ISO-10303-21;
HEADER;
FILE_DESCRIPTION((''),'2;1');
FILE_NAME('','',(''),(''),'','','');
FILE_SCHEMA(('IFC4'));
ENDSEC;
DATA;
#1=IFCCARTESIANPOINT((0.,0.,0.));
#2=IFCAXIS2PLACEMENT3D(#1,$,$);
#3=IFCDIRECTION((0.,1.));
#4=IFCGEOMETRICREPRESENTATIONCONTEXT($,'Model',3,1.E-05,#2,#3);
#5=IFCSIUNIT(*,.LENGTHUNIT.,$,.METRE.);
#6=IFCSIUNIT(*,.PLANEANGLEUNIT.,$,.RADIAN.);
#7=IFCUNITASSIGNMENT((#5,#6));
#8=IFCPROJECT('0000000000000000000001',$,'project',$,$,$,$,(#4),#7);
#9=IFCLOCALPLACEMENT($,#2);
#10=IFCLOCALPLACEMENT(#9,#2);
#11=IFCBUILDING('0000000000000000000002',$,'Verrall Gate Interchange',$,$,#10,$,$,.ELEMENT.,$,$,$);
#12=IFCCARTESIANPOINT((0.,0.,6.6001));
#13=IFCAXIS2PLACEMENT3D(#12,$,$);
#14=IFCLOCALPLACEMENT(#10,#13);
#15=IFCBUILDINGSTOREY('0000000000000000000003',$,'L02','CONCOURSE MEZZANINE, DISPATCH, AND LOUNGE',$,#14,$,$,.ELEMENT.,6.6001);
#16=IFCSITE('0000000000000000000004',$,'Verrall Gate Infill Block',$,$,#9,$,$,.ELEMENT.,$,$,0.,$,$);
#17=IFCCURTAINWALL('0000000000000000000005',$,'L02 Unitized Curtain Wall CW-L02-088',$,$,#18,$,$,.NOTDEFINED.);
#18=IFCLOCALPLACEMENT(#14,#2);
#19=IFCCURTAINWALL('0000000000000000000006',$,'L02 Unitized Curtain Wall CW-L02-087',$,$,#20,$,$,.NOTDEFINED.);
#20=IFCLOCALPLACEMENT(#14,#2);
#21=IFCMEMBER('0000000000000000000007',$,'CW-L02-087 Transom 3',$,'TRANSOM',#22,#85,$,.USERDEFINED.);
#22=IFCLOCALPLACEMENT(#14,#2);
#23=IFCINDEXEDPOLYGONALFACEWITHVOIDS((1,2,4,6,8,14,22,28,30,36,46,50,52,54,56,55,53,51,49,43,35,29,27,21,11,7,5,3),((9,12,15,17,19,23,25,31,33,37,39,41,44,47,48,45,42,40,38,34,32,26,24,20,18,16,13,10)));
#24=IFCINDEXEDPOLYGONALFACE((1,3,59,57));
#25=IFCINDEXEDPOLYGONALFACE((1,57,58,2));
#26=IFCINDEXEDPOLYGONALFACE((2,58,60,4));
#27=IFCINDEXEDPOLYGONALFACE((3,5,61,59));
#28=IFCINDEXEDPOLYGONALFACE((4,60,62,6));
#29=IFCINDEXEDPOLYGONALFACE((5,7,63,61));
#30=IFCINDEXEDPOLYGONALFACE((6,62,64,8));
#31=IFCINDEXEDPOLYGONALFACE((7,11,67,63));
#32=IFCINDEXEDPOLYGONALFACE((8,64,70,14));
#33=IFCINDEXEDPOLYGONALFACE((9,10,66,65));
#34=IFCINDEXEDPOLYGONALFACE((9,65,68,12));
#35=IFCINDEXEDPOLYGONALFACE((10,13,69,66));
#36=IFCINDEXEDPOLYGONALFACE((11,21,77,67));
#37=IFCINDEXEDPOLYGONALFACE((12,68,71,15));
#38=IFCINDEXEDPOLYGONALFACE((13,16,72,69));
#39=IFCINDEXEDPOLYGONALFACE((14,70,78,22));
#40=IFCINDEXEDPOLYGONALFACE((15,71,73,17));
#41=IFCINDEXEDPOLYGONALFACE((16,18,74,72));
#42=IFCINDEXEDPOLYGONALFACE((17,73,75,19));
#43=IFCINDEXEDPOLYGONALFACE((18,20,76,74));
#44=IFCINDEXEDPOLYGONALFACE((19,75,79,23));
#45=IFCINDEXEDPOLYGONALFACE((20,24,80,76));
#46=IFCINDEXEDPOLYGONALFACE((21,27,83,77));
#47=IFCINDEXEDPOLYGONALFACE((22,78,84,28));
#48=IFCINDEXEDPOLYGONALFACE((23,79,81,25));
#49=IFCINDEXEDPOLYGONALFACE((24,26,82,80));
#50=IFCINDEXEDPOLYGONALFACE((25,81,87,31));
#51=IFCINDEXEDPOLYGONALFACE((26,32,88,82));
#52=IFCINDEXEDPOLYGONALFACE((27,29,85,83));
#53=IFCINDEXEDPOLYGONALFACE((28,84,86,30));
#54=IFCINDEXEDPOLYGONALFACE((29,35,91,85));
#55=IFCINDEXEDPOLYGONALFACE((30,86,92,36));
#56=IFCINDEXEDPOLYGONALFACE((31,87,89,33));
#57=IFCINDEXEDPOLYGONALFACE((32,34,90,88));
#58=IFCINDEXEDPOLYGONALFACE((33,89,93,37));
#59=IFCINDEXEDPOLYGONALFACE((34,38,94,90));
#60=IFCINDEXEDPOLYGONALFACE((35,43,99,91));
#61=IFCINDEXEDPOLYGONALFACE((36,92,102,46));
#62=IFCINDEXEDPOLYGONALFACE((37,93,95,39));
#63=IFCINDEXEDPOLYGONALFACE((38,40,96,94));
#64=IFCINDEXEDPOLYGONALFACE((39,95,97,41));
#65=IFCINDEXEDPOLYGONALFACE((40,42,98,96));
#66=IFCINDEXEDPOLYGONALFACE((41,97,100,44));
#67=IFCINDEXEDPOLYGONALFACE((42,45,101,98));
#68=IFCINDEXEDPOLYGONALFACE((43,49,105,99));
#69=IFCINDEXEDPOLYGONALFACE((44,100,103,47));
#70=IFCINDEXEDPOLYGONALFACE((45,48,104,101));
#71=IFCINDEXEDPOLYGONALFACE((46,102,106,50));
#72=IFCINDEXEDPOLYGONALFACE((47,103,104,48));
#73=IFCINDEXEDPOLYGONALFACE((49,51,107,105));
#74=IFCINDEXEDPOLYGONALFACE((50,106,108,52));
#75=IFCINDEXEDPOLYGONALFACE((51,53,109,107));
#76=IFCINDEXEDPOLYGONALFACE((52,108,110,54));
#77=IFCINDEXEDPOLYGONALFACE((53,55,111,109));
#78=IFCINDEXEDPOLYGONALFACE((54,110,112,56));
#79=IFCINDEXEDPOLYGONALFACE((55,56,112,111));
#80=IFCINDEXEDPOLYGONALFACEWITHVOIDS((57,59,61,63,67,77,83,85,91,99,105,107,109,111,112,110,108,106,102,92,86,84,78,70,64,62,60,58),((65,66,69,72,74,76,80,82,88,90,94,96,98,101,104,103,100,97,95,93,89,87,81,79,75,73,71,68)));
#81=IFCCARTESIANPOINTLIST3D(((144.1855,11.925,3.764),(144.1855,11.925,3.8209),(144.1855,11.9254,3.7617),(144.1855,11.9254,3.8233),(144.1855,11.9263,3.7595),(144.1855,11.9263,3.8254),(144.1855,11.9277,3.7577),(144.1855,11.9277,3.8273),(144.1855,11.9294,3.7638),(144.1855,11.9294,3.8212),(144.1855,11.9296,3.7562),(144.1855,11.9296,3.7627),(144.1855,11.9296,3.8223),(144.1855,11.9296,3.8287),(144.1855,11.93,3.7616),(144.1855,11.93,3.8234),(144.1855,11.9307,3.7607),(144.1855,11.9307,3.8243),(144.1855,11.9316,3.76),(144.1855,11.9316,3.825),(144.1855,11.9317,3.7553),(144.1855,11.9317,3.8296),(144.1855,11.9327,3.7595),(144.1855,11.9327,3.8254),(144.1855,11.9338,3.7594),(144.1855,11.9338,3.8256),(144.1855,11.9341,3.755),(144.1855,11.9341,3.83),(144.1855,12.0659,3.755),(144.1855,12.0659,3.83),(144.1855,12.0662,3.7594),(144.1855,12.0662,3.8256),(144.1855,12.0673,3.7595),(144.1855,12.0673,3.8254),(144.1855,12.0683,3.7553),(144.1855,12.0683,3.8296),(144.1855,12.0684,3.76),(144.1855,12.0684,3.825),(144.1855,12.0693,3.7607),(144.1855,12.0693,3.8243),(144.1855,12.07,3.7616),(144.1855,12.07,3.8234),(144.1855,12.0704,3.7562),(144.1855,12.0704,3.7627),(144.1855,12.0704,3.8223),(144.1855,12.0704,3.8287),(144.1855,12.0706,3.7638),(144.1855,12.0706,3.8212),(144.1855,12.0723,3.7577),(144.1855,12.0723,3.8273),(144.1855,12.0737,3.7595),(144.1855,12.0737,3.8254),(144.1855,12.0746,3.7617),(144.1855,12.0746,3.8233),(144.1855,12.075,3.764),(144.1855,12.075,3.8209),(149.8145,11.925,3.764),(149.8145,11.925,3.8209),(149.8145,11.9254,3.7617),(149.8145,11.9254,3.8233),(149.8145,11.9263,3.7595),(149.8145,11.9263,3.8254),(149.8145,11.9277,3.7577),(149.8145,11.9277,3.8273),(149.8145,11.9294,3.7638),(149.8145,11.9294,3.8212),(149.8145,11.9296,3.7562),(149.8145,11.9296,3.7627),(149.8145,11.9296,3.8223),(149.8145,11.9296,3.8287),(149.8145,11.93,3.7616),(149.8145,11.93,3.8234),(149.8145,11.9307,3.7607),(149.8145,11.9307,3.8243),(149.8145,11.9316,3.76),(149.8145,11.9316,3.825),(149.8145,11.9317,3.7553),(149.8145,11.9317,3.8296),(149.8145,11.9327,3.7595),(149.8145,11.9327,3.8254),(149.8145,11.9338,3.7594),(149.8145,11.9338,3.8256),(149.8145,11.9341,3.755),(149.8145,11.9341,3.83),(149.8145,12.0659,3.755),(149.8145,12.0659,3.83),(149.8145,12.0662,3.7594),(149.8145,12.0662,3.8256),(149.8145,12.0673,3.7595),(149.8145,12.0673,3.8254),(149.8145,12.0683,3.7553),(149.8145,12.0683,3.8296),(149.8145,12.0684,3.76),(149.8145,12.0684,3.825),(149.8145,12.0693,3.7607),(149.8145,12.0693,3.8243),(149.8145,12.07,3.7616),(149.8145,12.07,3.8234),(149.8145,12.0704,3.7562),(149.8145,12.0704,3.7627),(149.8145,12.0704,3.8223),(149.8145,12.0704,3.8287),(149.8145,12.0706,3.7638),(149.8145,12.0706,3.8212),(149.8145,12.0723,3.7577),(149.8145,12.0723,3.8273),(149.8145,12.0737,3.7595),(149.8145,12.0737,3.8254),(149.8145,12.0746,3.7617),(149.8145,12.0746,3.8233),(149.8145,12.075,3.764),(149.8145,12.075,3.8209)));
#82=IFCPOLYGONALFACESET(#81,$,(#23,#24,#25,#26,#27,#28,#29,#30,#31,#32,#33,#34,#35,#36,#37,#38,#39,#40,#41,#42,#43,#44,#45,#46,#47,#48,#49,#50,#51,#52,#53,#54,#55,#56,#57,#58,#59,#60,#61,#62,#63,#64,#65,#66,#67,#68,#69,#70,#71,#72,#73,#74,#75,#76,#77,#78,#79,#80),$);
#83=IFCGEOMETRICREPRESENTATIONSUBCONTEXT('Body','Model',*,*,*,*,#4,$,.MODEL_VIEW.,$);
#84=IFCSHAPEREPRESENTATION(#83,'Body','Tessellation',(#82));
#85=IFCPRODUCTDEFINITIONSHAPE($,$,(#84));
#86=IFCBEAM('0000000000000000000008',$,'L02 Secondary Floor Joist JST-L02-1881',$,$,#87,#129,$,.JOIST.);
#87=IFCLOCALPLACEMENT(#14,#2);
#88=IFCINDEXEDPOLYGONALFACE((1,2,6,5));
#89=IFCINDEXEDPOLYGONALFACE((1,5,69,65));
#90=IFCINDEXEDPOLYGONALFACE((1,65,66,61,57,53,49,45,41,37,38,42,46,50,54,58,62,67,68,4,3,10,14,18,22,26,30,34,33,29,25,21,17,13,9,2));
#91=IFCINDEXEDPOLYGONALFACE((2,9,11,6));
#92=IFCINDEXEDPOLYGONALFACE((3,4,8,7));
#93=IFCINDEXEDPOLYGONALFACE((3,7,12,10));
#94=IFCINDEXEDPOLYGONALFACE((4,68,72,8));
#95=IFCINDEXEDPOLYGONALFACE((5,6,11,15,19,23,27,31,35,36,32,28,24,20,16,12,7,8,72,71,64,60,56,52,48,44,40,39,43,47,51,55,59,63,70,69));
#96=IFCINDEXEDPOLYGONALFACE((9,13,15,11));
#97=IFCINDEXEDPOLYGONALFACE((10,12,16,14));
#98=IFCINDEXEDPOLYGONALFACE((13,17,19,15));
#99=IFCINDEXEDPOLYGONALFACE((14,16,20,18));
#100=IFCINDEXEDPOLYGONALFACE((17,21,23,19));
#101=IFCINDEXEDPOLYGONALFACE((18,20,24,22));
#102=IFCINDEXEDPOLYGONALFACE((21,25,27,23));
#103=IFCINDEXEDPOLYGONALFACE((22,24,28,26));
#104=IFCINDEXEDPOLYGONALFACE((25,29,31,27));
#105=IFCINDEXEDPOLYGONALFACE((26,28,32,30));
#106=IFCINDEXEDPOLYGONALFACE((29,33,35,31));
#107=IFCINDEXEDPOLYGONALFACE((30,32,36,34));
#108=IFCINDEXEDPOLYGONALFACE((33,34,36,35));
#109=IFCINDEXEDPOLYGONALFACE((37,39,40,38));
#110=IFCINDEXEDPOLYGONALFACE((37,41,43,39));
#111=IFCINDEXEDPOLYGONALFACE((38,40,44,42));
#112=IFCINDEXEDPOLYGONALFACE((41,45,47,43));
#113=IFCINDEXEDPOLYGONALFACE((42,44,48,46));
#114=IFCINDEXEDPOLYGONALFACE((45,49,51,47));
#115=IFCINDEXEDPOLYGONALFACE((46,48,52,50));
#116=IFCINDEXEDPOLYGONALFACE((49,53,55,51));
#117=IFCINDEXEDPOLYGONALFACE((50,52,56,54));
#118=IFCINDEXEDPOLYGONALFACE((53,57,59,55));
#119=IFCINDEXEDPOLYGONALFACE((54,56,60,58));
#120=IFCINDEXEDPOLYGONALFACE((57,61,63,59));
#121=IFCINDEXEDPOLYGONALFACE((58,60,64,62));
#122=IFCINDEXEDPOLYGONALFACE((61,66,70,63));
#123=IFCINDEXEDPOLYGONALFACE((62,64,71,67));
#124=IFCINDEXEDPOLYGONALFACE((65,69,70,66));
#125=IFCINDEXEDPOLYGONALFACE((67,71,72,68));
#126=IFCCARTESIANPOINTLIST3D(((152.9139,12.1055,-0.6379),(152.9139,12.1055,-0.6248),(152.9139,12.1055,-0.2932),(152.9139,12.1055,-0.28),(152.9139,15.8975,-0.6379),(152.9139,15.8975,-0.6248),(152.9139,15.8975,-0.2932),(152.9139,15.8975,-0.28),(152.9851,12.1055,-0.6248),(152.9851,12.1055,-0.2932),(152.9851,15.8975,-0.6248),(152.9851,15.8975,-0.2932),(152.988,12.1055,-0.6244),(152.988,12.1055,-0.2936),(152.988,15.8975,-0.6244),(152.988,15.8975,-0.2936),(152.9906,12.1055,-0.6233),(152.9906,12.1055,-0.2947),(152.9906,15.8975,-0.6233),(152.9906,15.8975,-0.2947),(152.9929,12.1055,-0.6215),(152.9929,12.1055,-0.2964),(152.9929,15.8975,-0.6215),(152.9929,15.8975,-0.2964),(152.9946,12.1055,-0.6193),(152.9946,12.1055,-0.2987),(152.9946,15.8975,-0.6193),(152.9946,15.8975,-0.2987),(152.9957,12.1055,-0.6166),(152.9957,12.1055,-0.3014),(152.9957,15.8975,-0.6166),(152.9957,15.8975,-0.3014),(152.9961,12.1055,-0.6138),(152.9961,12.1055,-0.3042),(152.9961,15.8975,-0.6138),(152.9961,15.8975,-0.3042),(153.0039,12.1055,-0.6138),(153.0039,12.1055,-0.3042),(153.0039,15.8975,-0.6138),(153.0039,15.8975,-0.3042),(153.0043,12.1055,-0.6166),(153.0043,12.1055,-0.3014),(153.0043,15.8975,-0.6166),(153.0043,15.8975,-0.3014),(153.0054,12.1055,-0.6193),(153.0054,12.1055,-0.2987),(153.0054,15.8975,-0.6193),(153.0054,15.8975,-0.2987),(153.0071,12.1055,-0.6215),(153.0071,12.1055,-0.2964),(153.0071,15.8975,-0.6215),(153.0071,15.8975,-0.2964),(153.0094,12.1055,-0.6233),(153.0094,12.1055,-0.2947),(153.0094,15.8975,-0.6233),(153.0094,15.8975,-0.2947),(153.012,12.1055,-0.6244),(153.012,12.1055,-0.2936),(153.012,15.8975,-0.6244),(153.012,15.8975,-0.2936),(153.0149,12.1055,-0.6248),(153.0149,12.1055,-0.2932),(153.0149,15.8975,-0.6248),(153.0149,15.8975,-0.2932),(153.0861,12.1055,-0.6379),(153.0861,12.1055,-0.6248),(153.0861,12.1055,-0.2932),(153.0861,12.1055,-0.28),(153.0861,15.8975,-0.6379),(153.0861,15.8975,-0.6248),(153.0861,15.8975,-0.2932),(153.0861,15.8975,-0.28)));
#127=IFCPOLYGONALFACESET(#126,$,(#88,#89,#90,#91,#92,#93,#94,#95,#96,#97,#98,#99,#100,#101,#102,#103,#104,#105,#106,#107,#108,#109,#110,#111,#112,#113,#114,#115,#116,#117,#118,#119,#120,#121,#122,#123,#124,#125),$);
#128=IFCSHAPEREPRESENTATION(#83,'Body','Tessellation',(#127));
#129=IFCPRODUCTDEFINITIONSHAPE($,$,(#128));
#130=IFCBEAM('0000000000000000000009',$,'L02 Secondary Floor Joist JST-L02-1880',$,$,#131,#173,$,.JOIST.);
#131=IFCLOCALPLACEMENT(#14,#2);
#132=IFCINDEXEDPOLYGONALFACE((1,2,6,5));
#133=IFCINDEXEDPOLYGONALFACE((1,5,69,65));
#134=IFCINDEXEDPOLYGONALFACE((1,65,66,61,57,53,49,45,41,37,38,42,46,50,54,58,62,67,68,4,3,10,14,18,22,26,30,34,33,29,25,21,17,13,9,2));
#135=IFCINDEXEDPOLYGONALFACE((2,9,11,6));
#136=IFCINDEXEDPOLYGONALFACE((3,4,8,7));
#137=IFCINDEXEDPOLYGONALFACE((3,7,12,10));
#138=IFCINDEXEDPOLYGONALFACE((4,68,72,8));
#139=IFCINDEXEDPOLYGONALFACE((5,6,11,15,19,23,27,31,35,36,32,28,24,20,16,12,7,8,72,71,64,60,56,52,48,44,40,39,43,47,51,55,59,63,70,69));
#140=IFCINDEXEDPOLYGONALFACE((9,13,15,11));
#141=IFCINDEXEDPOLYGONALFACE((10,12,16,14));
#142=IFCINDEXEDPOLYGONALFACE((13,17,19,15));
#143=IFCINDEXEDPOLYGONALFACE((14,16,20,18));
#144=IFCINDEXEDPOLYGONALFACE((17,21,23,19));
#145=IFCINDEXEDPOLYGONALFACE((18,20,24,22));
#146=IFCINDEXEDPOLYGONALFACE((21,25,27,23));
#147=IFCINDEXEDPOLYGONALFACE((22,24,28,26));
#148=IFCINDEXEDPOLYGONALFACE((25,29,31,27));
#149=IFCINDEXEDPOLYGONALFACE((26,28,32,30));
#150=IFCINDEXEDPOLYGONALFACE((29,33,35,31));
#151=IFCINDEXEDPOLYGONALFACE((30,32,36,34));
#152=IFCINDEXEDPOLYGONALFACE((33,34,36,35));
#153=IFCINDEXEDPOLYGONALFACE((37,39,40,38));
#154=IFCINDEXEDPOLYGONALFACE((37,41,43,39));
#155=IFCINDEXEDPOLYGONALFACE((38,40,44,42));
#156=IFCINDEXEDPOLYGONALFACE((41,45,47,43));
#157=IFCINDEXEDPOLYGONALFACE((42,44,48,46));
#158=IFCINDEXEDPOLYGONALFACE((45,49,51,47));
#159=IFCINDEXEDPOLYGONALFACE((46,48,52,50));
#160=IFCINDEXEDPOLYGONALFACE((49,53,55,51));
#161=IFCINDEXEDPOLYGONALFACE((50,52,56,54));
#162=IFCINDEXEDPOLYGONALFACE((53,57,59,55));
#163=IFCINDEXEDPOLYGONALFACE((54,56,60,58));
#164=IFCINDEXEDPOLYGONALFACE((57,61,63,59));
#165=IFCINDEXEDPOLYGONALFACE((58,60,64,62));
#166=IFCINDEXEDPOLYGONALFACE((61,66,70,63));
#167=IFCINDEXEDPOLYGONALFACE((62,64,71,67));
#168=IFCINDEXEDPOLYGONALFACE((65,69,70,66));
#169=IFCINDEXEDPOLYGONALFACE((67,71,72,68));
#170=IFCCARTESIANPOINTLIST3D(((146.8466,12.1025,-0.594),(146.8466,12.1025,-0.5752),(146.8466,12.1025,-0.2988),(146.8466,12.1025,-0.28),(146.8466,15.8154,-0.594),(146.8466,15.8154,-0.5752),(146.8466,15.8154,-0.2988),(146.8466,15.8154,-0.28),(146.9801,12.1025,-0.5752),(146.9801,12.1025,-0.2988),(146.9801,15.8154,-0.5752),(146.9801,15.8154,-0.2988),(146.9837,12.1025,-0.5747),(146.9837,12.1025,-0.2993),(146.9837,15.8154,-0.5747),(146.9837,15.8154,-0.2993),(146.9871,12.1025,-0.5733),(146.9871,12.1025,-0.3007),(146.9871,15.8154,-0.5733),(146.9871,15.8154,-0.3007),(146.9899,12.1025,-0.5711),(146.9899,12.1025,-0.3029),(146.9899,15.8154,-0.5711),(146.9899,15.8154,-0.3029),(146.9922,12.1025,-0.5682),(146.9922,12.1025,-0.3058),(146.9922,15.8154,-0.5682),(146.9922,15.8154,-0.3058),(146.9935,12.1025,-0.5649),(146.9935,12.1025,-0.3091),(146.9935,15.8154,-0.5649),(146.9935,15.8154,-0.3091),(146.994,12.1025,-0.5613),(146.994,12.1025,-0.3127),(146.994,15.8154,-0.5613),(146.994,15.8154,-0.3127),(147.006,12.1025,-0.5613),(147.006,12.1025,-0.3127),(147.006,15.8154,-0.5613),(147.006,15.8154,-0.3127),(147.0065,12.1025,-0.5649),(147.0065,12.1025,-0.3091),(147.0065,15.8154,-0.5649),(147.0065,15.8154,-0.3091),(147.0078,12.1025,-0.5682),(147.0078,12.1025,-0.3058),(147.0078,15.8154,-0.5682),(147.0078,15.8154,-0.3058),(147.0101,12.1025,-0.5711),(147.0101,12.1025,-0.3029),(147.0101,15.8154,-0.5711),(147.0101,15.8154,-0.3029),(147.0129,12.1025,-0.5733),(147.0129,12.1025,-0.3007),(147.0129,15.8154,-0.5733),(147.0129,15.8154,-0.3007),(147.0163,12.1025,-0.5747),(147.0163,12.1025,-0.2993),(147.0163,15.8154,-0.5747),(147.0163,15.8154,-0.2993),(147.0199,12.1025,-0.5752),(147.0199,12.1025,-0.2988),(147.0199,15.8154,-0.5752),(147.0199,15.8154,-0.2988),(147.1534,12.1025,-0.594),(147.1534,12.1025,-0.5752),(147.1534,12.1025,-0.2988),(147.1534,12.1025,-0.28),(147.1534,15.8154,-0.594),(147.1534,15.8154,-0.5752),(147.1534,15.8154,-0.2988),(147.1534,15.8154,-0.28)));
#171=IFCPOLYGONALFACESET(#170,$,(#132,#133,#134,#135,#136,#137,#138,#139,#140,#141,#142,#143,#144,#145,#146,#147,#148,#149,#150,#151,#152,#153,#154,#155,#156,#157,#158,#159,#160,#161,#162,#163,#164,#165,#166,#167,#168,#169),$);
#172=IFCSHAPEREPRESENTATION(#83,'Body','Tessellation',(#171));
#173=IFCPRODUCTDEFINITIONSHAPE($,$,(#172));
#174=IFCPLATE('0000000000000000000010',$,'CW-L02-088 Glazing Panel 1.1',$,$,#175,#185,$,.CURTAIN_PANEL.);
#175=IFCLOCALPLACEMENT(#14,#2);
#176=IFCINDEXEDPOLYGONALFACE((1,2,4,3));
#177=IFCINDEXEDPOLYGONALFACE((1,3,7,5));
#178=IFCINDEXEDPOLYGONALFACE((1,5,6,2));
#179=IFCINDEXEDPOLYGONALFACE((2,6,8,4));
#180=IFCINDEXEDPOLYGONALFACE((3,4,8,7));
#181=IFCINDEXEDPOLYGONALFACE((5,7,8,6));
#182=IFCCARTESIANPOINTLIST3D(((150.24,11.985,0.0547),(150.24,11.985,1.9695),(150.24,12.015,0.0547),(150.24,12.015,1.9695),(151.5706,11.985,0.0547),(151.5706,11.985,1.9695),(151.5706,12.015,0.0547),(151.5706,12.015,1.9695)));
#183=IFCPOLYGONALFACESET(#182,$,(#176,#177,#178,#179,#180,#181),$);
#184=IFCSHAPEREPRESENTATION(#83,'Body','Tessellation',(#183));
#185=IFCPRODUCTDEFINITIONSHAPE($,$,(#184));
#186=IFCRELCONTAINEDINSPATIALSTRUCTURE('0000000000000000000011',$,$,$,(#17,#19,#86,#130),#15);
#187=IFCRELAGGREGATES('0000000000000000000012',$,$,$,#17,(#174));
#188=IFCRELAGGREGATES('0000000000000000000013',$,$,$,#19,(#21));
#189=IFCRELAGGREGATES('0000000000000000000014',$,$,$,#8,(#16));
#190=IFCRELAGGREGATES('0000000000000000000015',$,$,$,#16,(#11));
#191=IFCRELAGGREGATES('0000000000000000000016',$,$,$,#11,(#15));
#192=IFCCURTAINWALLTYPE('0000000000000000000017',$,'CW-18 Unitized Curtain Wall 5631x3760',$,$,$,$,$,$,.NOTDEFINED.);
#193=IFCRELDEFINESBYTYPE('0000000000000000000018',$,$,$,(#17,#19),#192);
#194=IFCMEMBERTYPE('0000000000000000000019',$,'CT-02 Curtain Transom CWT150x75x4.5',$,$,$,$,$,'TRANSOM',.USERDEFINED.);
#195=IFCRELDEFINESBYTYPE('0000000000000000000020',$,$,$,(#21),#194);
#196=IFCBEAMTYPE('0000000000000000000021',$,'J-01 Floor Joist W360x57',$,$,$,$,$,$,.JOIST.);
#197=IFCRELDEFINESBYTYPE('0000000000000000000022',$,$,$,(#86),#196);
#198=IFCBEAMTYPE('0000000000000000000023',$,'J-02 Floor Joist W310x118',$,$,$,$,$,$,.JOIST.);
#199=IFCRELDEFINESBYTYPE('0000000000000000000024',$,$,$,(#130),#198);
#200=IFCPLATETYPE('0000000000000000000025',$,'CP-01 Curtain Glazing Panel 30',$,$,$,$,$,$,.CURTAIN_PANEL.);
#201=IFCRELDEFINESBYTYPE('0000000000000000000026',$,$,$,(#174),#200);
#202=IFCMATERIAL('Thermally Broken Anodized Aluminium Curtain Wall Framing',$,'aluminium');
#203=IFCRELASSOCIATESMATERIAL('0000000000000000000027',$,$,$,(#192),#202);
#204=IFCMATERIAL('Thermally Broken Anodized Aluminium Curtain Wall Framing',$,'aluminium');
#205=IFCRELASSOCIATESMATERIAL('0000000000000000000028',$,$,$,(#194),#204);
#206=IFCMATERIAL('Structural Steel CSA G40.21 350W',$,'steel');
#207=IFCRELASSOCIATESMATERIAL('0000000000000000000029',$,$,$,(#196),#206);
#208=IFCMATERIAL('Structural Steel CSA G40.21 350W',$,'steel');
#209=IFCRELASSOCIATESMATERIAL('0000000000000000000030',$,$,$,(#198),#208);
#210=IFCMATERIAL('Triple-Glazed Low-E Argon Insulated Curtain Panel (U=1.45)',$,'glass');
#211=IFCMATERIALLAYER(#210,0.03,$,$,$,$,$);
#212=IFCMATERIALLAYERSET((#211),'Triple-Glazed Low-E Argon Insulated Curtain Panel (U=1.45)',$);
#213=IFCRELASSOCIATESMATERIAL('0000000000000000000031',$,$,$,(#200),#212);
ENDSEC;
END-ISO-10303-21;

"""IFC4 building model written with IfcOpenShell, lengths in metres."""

from ifc_helpers import new_model, si_unit, direction, frame, origin, origin_2d, place, context, subcontext, project, spatial, rectangle, hollow_rectangle, i_section, extrude, material, layer, layer_set, material_profile, profile_set, type_object, element, aggregate, save


model = new_model("IFC4")

# Units and contexts
model_context = context("Model", 3, precision=1e-05, world=origin(), true_north=direction((0.0, 1.0)))
body_context = subcontext(model_context, "Body", "Model", "MODEL_VIEW")
ifc_project = project(units=[si_unit("LENGTHUNIT", "METRE"), si_unit("PLANEANGLEUNIT", "RADIAN")], contexts=[model_context])

# Site, building, storey
site_placement = place(None, origin())
site = spatial("IfcSite", under=ifc_project, at=site_placement, Name="Verrall Gate Infill Block", CompositionType="ELEMENT", RefElevation=0.0)
building_placement = place(site_placement, origin())
building = spatial("IfcBuilding", under=site, at=building_placement, Name="Verrall Gate Interchange", CompositionType="ELEMENT")
storey_placement = place(building_placement, frame((0.0, 0.0, 6.6001)))
storey = spatial("IfcBuildingStorey", under=building, at=storey_placement, Name="L02", Description="CONCOURSE MEZZANINE, DISPATCH, AND LOUNGE", CompositionType="ELEMENT", Elevation=6.6001)

# Curtain walls
ifc_material_1 = material(Name="Thermally Broken Anodized Aluminium Curtain Wall Framing", Category="aluminium")
curtain_wall_type = type_object("IfcCurtainWallType", Name="CW-18 Unitized Curtain Wall 5631x3760", PredefinedType="NOTDEFINED", material=ifc_material_1)
curtain_wall_1_placement = place(storey_placement, origin())
curtain_wall_1 = element("IfcCurtainWall", 1, at=curtain_wall_1_placement, inside=storey, type_object=curtain_wall_type, Name="L02 Unitized Curtain Wall CW-L02-088", PredefinedType="NOTDEFINED")
curtain_wall_2_placement = place(storey_placement, origin())
curtain_wall_2 = element("IfcCurtainWall", 2, at=curtain_wall_2_placement, inside=storey, type_object=curtain_wall_type, Name="L02 Unitized Curtain Wall CW-L02-087", PredefinedType="NOTDEFINED")

# Member
ifc_material_2 = material(Name="Thermally Broken Anodized Aluminium Curtain Wall Framing", Category="aluminium")
ifc_material_profile_1 = material_profile(ifc_material_2, hollow_rectangle(XDim=0.1499, YDim=0.075, WallThickness=0.0044, InnerFilletRadius=0.0044, OuterFilletRadius=0.009, at=origin_2d()), Name="CWT150x75x4.5")
ifc_profile_set_1 = profile_set([ifc_material_profile_1], Name="Thermally Broken Anodized Aluminium Curtain Wall Framing")
member_type_1 = type_object("IfcMemberType", Name="CT-02 Curtain Transom CWT150x75x4.5", ElementType="TRANSOM", PredefinedType="USERDEFINED", material=ifc_profile_set_1)
member_1_placement = place(storey_placement, frame((144.1855, 12.0, 3.7925), z_axis=(1.0, 0.0, 0.0), x_axis=(0.0, 1.0, 0.0)))
member_1 = element("IfcMember", 3, at=member_1_placement, type_object=member_type_1, Name="CW-L02-087 Transom 3", ObjectType="TRANSOM", PredefinedType="USERDEFINED", context=body_context, shape_type="SweptSolid", body=[
    extrude(hollow_rectangle(XDim=0.1499, YDim=0.075, WallThickness=0.0044, InnerFilletRadius=0.0044, OuterFilletRadius=0.009, at=origin_2d()), origin(), (0.0, 0.0, 1.0), 5.6289),
])

# Beams
ifc_material_3 = material(Name="Structural Steel CSA G40.21 350W", Category="steel")
ifc_material_profile_2 = material_profile(ifc_material_3, i_section(OverallWidth=0.1721, OverallDepth=0.3579, WebThickness=0.0078, FlangeThickness=0.0132, FilletRadius=0.011, at=origin_2d()), Name="W360x57")
ifc_profile_set_2 = profile_set([ifc_material_profile_2], Name="Structural Steel CSA G40.21 350W")
beam_type_1 = type_object("IfcBeamType", Name="J-01 Floor Joist W360x57", PredefinedType="JOIST", material=ifc_profile_set_2)
beam_1_placement = place(storey_placement, frame((153.0, 12.1055, -0.459), z_axis=(0.0, 1.0, 0.0), x_axis=(-1.0, 0.0, 0.0)))
element("IfcBeam", 4, at=beam_1_placement, inside=storey, type_object=beam_type_1, Name="L02 Secondary Floor Joist JST-L02-1881", PredefinedType="JOIST", context=body_context, shape_type="SweptSolid", body=[
    extrude(i_section(OverallWidth=0.1721, OverallDepth=0.3579, WebThickness=0.0078, FlangeThickness=0.0132, FilletRadius=0.011, at=origin_2d()), origin(), (0.0, 0.0, 1.0), 3.792),
])
ifc_material_4 = material(Name="Structural Steel CSA G40.21 350W", Category="steel")
ifc_material_profile_3 = material_profile(ifc_material_4, i_section(OverallWidth=0.3069, OverallDepth=0.314, WebThickness=0.012, FlangeThickness=0.0188, FilletRadius=0.0139, at=origin_2d()), Name="W310x118")
ifc_profile_set_3 = profile_set([ifc_material_profile_3], Name="Structural Steel CSA G40.21 350W")
beam_type_2 = type_object("IfcBeamType", Name="J-02 Floor Joist W310x118", PredefinedType="JOIST", material=ifc_profile_set_3)
beam_2_placement = place(storey_placement, frame((147.0, 12.1025, -0.437), z_axis=(0.0, 1.0, 0.0), x_axis=(-1.0, 0.0, 0.0)))
element("IfcBeam", 5, at=beam_2_placement, inside=storey, type_object=beam_type_2, Name="L02 Secondary Floor Joist JST-L02-1880", PredefinedType="JOIST", context=body_context, shape_type="SweptSolid", body=[
    extrude(i_section(OverallWidth=0.3069, OverallDepth=0.314, WebThickness=0.012, FlangeThickness=0.0188, FilletRadius=0.0139, at=origin_2d()), origin(), (0.0, 0.0, 1.0), 3.7129),
])

# Plate
ifc_material_5 = material(Name="Triple-Glazed Low-E Argon Insulated Curtain Panel (U=1.45)", Category="glass")
ifc_layer_1 = layer(ifc_material_5, 0.03)
ifc_layer_set_1 = layer_set([ifc_layer_1], Name="Triple-Glazed Low-E Argon Insulated Curtain Panel (U=1.45)")
plate_type_1 = type_object("IfcPlateType", Name="CP-01 Curtain Glazing Panel 30", PredefinedType="CURTAIN_PANEL", material=ifc_layer_set_1)
plate_1_placement = place(storey_placement, frame((150.9053, 12.0, 0.0547), z_axis=(0.0, 0.0, 1.0), x_axis=(1.0, 0.0, 0.0)))
plate_1 = element("IfcPlate", 6, at=plate_1_placement, type_object=plate_type_1, Name="CW-L02-088 Glazing Panel 1.1", PredefinedType="CURTAIN_PANEL", context=body_context, shape_type="SweptSolid", body=[
    extrude(rectangle(XDim=1.3306, YDim=0.03, at=origin_2d()), origin(), (0.0, 0.0, 1.0), 1.9148),
])
aggregate(curtain_wall_1, [plate_1])
aggregate(curtain_wall_2, [member_1])

save(model, "model.ifc")
